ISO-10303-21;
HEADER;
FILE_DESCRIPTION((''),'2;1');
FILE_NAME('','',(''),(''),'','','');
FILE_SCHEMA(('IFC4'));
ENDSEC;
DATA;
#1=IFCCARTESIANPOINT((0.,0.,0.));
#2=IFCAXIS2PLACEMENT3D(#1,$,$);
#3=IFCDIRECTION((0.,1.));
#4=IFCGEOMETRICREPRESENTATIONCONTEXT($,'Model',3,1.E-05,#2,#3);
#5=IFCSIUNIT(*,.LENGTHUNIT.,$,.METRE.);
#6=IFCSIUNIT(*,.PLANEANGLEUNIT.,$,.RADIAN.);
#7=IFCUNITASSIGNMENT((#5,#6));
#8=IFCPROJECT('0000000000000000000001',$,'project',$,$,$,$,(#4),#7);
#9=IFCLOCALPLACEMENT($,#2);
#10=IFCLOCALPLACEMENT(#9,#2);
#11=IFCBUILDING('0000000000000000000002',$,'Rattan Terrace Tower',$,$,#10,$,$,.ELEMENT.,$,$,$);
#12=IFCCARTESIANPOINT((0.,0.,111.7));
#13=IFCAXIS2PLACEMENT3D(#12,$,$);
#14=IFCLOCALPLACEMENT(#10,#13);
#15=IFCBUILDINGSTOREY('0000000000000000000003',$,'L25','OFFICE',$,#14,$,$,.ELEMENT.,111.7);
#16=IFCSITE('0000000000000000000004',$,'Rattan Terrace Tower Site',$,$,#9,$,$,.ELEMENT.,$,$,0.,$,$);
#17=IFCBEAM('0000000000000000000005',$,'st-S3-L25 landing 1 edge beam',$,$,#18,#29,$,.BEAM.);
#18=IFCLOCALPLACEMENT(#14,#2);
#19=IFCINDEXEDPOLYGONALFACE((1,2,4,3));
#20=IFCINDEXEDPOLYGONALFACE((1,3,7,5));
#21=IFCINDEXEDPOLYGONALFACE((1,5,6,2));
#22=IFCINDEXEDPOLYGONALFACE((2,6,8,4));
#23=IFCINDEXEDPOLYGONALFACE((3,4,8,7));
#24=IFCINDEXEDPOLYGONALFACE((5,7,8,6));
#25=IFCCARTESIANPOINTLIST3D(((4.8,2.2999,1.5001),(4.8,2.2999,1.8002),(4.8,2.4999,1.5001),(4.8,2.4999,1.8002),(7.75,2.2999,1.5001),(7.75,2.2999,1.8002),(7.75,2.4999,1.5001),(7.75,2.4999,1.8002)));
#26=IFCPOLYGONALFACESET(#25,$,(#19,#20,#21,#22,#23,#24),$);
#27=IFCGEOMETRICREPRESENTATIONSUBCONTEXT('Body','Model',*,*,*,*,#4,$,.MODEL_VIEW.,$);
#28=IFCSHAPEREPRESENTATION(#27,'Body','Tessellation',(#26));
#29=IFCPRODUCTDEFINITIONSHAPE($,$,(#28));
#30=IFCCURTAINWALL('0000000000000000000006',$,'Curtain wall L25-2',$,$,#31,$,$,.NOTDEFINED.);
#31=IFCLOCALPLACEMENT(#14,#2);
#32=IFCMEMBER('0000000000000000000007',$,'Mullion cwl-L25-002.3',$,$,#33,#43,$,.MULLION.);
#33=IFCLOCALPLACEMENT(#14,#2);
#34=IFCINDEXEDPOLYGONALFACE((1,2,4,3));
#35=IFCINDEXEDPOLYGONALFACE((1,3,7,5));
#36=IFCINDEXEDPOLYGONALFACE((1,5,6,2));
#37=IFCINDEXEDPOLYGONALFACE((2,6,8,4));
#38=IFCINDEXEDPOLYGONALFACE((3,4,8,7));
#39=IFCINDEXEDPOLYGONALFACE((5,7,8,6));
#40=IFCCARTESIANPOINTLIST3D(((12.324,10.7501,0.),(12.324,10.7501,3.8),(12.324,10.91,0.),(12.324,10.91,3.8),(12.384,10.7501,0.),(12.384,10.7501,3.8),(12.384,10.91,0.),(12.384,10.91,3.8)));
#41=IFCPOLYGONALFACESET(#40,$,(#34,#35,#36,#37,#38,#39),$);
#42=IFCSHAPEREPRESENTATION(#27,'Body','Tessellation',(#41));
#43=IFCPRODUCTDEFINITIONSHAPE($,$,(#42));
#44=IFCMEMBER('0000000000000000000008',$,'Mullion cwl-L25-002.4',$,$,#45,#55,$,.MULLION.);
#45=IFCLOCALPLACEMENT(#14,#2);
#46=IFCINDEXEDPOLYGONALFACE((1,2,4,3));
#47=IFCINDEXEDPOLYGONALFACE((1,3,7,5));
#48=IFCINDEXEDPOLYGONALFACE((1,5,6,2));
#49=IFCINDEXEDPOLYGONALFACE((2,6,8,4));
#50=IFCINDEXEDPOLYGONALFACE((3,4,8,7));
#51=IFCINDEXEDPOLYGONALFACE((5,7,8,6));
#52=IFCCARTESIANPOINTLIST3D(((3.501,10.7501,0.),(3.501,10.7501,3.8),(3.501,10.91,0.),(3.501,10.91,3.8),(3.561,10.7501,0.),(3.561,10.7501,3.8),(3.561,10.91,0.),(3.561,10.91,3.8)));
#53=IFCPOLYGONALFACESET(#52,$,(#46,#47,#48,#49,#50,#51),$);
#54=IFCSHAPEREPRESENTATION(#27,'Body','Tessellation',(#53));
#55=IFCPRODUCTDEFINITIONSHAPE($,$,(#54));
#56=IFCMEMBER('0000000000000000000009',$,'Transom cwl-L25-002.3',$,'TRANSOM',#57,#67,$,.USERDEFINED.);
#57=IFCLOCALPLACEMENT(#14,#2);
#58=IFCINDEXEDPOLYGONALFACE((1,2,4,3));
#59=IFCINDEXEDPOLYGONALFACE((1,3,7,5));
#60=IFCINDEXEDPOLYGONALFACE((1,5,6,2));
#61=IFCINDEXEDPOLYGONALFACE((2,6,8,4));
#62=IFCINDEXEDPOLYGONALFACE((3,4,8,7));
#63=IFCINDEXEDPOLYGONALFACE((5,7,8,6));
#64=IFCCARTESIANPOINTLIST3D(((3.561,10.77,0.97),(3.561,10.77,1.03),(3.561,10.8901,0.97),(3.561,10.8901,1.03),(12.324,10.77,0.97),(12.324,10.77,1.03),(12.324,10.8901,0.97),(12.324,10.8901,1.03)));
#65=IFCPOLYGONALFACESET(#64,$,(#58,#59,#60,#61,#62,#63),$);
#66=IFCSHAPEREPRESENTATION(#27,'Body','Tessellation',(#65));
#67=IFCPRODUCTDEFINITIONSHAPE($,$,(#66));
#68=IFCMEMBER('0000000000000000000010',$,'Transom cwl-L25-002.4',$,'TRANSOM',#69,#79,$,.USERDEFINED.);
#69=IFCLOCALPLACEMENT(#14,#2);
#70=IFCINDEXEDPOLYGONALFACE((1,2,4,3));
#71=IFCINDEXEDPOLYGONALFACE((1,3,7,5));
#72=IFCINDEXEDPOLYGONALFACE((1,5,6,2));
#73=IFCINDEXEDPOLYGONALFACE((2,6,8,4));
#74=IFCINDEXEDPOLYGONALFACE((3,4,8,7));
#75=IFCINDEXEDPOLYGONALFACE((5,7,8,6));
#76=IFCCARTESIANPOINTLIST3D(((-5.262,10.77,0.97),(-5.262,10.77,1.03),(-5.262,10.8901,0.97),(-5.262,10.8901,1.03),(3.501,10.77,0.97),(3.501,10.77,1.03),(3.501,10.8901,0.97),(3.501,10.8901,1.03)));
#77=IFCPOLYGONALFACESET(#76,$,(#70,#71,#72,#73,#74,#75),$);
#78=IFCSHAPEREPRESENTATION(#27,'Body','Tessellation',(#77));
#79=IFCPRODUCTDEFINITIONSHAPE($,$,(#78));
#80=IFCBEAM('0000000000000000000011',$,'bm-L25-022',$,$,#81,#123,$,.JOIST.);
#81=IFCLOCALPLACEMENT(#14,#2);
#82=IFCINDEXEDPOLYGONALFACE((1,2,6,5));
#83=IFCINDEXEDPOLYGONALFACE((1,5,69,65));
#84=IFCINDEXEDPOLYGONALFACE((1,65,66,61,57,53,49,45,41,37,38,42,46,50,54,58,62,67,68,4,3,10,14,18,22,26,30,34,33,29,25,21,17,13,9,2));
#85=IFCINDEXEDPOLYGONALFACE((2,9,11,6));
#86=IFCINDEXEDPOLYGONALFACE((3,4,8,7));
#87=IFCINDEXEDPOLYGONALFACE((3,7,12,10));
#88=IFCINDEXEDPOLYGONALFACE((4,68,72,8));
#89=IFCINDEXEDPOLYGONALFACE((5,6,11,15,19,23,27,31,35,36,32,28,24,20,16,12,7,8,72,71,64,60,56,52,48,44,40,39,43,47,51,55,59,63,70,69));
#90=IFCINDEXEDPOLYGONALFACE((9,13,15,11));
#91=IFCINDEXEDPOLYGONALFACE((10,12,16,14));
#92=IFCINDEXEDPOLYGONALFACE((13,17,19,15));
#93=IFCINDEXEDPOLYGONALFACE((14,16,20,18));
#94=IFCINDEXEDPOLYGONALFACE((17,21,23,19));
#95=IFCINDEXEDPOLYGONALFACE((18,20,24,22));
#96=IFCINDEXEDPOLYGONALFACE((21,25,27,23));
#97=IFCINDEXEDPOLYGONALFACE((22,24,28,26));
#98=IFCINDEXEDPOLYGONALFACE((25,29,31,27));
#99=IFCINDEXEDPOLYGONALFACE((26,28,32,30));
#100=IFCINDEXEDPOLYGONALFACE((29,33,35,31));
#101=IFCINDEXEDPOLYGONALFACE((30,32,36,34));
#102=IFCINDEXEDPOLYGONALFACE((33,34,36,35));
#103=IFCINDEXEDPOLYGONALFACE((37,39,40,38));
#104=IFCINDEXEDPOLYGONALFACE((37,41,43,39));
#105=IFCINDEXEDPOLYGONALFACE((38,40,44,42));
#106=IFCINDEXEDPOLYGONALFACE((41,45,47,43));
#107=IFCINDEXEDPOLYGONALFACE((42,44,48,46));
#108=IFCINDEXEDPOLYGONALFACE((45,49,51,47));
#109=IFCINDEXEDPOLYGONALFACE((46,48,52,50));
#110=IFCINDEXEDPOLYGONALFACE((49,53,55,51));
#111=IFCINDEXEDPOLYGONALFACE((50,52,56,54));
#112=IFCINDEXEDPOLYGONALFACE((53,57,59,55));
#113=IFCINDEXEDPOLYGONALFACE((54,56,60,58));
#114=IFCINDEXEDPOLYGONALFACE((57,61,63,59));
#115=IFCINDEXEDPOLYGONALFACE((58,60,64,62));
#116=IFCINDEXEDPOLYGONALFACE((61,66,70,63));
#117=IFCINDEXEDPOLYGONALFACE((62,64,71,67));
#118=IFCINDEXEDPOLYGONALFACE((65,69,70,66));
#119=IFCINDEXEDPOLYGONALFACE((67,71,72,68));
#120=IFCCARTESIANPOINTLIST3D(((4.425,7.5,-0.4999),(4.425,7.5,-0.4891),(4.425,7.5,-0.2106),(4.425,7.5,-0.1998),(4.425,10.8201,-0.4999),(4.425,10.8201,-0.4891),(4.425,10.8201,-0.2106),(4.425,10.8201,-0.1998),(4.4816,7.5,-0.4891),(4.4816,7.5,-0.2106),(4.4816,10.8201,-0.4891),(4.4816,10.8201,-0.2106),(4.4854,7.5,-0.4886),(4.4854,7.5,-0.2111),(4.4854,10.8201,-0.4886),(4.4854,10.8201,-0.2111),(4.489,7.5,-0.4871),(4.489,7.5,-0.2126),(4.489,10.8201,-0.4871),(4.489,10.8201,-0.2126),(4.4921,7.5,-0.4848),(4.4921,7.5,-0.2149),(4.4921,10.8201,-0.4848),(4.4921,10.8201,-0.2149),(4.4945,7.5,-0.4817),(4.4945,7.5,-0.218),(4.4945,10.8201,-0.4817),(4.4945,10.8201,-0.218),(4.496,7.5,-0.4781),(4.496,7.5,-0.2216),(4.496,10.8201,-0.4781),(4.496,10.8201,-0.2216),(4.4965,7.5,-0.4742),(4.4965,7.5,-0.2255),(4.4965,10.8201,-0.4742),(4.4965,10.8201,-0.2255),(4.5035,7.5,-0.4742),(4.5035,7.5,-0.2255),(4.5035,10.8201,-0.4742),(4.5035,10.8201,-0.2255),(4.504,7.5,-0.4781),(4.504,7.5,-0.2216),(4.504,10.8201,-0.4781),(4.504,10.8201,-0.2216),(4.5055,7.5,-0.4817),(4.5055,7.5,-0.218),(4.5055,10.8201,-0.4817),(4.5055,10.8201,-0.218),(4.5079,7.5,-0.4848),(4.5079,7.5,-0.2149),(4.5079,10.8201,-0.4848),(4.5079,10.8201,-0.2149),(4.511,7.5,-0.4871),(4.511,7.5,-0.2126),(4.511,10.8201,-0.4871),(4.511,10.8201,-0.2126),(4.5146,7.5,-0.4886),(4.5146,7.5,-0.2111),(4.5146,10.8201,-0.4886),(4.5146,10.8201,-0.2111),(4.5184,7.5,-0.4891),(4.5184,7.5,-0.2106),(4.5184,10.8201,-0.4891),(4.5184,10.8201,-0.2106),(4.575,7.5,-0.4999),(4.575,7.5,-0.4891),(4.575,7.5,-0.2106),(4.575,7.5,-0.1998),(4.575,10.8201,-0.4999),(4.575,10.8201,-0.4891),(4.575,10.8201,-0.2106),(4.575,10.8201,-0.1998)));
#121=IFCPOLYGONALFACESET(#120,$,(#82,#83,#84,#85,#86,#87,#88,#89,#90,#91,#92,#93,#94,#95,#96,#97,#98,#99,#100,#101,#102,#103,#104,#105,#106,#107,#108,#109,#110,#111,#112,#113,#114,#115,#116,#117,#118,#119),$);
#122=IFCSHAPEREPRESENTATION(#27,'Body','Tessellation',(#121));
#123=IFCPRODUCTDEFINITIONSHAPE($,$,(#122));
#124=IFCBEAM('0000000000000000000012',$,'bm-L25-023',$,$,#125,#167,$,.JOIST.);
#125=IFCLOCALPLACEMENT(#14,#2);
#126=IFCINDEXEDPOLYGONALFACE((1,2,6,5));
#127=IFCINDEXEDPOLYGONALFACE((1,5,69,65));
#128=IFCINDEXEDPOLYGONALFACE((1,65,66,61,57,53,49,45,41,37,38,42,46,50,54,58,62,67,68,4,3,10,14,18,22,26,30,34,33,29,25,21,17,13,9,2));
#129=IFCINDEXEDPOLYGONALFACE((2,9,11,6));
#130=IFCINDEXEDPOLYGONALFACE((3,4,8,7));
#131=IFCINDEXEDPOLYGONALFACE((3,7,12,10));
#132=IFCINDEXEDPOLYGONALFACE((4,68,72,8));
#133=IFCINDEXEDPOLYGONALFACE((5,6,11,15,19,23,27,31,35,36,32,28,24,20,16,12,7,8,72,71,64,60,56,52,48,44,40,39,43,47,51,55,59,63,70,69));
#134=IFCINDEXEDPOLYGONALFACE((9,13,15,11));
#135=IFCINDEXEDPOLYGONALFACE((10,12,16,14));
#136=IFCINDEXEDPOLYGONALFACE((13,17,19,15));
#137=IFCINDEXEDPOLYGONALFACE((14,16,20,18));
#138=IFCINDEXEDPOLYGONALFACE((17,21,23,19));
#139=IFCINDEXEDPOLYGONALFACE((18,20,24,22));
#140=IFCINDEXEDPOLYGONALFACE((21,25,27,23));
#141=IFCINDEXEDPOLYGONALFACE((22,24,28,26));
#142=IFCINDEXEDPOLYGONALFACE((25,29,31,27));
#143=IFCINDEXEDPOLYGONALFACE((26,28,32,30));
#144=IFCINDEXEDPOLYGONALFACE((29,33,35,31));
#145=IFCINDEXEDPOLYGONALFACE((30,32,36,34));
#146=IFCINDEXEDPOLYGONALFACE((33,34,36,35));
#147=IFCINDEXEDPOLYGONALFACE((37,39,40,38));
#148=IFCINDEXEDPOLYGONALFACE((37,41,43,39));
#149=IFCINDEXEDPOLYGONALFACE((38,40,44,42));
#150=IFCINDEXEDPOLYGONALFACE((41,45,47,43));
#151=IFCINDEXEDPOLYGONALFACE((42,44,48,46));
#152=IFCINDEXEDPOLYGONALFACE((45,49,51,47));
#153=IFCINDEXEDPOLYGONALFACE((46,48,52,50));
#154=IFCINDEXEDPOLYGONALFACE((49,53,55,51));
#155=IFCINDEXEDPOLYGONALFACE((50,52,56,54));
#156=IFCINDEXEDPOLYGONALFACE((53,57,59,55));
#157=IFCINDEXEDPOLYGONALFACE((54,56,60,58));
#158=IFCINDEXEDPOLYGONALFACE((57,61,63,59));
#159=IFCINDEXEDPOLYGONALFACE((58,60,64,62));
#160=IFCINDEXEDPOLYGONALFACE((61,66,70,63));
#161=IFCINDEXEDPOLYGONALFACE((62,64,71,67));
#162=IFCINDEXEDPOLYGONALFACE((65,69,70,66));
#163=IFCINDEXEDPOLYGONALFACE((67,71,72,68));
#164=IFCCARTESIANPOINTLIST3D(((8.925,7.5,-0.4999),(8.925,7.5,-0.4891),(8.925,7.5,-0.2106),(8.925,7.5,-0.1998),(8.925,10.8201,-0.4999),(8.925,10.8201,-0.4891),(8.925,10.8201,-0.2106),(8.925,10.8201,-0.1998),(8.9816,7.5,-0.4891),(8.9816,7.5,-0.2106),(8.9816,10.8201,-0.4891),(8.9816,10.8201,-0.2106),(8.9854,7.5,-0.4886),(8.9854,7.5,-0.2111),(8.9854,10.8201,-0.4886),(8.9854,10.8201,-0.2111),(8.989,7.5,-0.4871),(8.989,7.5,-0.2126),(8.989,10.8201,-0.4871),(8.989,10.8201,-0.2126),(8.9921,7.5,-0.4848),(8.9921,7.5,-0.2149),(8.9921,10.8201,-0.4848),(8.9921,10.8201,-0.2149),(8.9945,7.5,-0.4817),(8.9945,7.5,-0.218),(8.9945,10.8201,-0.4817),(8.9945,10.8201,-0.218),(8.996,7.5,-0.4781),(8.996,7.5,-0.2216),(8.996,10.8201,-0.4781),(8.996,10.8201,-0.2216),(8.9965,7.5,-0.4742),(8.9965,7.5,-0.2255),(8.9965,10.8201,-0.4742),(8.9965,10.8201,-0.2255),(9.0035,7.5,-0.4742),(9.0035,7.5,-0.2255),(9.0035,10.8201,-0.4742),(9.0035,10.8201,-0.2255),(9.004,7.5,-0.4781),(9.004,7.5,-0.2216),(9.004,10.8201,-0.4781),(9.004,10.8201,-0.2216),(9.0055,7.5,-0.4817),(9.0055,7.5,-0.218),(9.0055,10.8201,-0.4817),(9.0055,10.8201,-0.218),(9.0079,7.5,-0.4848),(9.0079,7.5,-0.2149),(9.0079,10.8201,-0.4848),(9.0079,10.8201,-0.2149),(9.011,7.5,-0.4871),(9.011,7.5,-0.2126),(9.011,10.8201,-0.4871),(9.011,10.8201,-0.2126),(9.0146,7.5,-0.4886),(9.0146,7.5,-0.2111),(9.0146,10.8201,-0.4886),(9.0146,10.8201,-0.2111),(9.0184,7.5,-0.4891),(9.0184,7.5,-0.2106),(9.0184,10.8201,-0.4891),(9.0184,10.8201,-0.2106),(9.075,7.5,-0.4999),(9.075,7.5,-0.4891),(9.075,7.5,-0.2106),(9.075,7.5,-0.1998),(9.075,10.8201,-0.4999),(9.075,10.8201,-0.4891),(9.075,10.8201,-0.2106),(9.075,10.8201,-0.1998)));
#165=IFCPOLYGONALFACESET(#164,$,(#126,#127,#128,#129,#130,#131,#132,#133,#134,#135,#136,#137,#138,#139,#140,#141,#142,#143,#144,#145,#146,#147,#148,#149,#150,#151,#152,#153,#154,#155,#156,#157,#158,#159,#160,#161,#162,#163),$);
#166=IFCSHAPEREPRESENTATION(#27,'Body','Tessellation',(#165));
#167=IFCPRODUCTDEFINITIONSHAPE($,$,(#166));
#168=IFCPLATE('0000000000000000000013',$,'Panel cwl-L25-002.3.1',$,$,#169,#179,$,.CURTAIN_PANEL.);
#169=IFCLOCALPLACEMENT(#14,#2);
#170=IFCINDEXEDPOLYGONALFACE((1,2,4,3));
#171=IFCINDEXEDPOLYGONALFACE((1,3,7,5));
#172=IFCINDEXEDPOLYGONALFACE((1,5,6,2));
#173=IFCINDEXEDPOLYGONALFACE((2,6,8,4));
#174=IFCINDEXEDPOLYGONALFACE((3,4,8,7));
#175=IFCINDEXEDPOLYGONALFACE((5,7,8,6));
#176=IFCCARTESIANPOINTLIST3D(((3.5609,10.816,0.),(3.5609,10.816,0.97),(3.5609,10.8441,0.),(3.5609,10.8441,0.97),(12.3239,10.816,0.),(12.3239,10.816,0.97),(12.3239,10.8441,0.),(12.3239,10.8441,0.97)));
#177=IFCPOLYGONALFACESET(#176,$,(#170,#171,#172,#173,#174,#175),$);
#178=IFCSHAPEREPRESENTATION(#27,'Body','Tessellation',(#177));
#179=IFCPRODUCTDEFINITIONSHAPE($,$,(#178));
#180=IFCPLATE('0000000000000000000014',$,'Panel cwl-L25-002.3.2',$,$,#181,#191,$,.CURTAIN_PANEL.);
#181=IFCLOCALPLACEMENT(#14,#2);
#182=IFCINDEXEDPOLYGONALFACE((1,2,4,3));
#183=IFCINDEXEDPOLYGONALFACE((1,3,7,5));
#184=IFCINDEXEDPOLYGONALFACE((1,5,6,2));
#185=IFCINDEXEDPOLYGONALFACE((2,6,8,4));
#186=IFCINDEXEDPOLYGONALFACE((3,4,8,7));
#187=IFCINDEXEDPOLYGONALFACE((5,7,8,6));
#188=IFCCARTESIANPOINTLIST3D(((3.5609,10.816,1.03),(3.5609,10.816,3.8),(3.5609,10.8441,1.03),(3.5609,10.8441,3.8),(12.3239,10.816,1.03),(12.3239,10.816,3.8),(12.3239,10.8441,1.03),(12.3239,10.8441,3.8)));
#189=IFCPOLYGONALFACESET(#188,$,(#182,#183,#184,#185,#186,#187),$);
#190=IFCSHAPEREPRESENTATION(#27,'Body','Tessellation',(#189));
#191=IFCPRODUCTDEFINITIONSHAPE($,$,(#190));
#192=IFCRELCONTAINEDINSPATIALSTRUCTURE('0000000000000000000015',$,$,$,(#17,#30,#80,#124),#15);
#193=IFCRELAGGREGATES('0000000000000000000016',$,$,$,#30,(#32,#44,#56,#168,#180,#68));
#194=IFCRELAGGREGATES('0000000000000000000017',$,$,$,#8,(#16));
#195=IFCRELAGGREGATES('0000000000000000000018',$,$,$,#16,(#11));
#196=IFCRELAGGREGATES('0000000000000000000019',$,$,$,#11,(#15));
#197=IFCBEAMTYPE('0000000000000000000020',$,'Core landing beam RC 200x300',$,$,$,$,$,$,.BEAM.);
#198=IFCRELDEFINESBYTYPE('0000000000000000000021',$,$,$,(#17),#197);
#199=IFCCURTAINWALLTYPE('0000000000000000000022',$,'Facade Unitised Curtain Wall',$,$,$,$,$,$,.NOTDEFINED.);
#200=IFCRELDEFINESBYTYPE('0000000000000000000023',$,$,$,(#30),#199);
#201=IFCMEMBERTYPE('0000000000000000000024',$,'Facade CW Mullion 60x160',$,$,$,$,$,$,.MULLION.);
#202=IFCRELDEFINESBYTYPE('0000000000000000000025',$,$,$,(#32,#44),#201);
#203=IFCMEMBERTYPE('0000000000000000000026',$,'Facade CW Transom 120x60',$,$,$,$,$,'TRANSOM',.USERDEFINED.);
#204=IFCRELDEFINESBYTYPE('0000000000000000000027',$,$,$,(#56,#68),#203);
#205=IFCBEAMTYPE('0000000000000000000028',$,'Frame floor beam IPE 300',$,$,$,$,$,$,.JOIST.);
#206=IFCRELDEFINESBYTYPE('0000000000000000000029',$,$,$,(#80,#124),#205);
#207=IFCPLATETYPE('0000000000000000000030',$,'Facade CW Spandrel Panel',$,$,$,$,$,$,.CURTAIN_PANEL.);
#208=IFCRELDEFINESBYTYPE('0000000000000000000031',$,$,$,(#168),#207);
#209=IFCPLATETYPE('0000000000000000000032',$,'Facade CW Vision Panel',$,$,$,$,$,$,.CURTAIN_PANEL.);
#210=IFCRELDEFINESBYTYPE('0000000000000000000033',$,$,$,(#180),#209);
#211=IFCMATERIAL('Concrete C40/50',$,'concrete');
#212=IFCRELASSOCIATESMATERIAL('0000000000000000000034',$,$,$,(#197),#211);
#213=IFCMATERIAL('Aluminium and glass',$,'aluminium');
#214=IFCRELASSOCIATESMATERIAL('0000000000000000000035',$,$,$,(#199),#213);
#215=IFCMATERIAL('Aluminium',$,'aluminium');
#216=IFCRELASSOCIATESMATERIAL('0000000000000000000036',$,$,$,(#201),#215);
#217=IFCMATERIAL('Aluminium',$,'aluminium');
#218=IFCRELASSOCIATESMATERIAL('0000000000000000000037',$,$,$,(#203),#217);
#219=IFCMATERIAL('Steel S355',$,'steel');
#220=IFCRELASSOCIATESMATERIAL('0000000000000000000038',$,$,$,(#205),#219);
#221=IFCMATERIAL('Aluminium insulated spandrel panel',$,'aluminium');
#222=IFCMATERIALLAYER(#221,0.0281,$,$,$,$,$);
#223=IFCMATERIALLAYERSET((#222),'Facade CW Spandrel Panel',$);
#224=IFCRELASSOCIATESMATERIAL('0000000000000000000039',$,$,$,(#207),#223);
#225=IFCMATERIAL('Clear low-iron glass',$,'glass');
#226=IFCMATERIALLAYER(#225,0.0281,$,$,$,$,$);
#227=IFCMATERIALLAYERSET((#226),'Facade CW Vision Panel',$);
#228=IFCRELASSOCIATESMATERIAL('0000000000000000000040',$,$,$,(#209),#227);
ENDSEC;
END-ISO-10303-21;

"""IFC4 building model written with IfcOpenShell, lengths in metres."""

from ifc_helpers import new_model, si_unit, direction, frame, origin, origin_2d, place, context, subcontext, project, spatial, rectangle, i_section, extrude, material, layer, layer_set, material_profile, profile_set, type_object, element, aggregate, save


model = new_model("IFC4")

# Units and contexts
model_context = context("Model", 3, precision=1e-05, world=origin(), true_north=direction((0.0, 1.0)))
body_context = subcontext(model_context, "Body", "Model", "MODEL_VIEW")
ifc_project = project(units=[si_unit("LENGTHUNIT", "METRE"), si_unit("PLANEANGLEUNIT", "RADIAN")], contexts=[model_context])

# Site, building, storey
site_placement = place(None, origin())
site = spatial("IfcSite", under=ifc_project, at=site_placement, Name="Rattan Terrace Tower Site", CompositionType="ELEMENT", RefElevation=0.0)
building_placement = place(site_placement, origin())
building = spatial("IfcBuilding", under=site, at=building_placement, Name="Rattan Terrace Tower", CompositionType="ELEMENT")
storey_placement = place(building_placement, frame((0.0, 0.0, 111.7)))
storey = spatial("IfcBuildingStorey", under=building, at=storey_placement, Name="L25", Description="OFFICE", CompositionType="ELEMENT", Elevation=111.7)

# Beam
ifc_material_1 = material(Name="Concrete C40/50", Category="concrete")
ifc_material_profile_1 = material_profile(ifc_material_1, rectangle(XDim=0.2, YDim=0.3, at=origin_2d()), Name="RC 200x300")
ifc_profile_set_1 = profile_set([ifc_material_profile_1], Name="Concrete C40/50")
beam_type_1 = type_object("IfcBeamType", Name="Core landing beam RC 200x300", PredefinedType="BEAM", material=ifc_profile_set_1)
beam_placement = place(storey_placement, frame((4.8, 2.3999, 1.6501), z_axis=(1.0, 0.0, 0.0), x_axis=(0.0, 1.0, 0.0)))
element("IfcBeam", 1, at=beam_placement, inside=storey, type_object=beam_type_1, Name="st-S3-L25 landing 1 edge beam", PredefinedType="BEAM", context=body_context, shape_type="SweptSolid", body=[
    extrude(rectangle(XDim=0.2, YDim=0.3, at=origin_2d()), origin(), (0.0, 0.0, 1.0), 2.95),
])

# Curtain wall, members
ifc_material_2 = material(Name="Aluminium and glass", Category="aluminium")
curtain_wall_type = type_object("IfcCurtainWallType", Name="Facade Unitised Curtain Wall", PredefinedType="NOTDEFINED", material=ifc_material_2)
curtain_wall_placement = place(storey_placement, origin())
curtain_wall = element("IfcCurtainWall", 2, at=curtain_wall_placement, inside=storey, type_object=curtain_wall_type, Name="Curtain wall L25-2", PredefinedType="NOTDEFINED")
ifc_material_3 = material(Name="Aluminium", Category="aluminium")
ifc_material_profile_2 = material_profile(ifc_material_3, rectangle(XDim=0.0601, YDim=0.1599, at=origin_2d()), Name="Aluminium 60x160")
ifc_profile_set_2 = profile_set([ifc_material_profile_2], Name="Aluminium")
member_type_1 = type_object("IfcMemberType", Name="Facade CW Mullion 60x160", PredefinedType="MULLION", material=ifc_profile_set_2)
member_1_placement = place(storey_placement, frame((12.354, 10.8301, 0.0), z_axis=(0.0, 0.0, 1.0), x_axis=(-1.0, 0.0, 0.0)))
member_1 = element("IfcMember", 3, at=member_1_placement, type_object=member_type_1, Name="Mullion cwl-L25-002.3", PredefinedType="MULLION", context=body_context, shape_type="SweptSolid", body=[
    extrude(rectangle(XDim=0.0601, YDim=0.1599, at=origin_2d()), origin(), (0.0, 0.0, 1.0), 3.8),
])
member_2_placement = place(storey_placement, frame((3.531, 10.8301, 0.0), z_axis=(0.0, 0.0, 1.0), x_axis=(-1.0, 0.0, 0.0)))
member_2 = element("IfcMember", 4, at=member_2_placement, type_object=member_type_1, Name="Mullion cwl-L25-002.4", PredefinedType="MULLION", context=body_context, shape_type="SweptSolid", body=[
    extrude(rectangle(XDim=0.0601, YDim=0.1599, at=origin_2d()), origin(), (0.0, 0.0, 1.0), 3.8),
])
ifc_material_4 = material(Name="Aluminium", Category="aluminium")
ifc_material_profile_3 = material_profile(ifc_material_4, rectangle(XDim=0.1201, YDim=0.0601, at=origin_2d()), Name="Aluminium 120x60")
ifc_profile_set_3 = profile_set([ifc_material_profile_3], Name="Aluminium")
member_type_2 = type_object("IfcMemberType", Name="Facade CW Transom 120x60", ElementType="TRANSOM", PredefinedType="USERDEFINED", material=ifc_profile_set_3)
member_3_placement = place(storey_placement, frame((12.324, 10.8301, 1.0), z_axis=(-1.0, 0.0, 0.0), x_axis=(0.0, -1.0, 0.0)))
member_3 = element("IfcMember", 5, at=member_3_placement, type_object=member_type_2, Name="Transom cwl-L25-002.3", ObjectType="TRANSOM", PredefinedType="USERDEFINED", context=body_context, shape_type="SweptSolid", body=[
    extrude(rectangle(XDim=0.1201, YDim=0.0601, at=origin_2d()), origin(), (0.0, 0.0, 1.0), 8.7629),
])
member_4_placement = place(storey_placement, frame((3.501, 10.8301, 1.0), z_axis=(-1.0, 0.0, 0.0), x_axis=(0.0, -1.0, 0.0)))
member_4 = element("IfcMember", 6, at=member_4_placement, type_object=member_type_2, Name="Transom cwl-L25-002.4", ObjectType="TRANSOM", PredefinedType="USERDEFINED", context=body_context, shape_type="SweptSolid", body=[
    extrude(rectangle(XDim=0.1201, YDim=0.0601, at=origin_2d()), origin(), (0.0, 0.0, 1.0), 8.7629),
])

# Beams
ifc_material_5 = material(Name="Steel S355", Category="steel")
ifc_material_profile_4 = material_profile(ifc_material_5, i_section(OverallWidth=0.1499, OverallDepth=0.3, WebThickness=0.0071, FlangeThickness=0.0107, FilletRadius=0.0149, at=origin_2d()), Name="IPE 300")
ifc_profile_set_4 = profile_set([ifc_material_profile_4], Name="Steel S355")
beam_type_2 = type_object("IfcBeamType", Name="Frame floor beam IPE 300", PredefinedType="JOIST", material=ifc_profile_set_4)
for number, where, z_axis, x_axis, name in (
    (7, (4.5, 7.5, -0.3499), (0.0, 1.0, 0.0), (-1.0, 0.0, 0.0), "bm-L25-022"),
    (8, (9.0, 7.5, -0.3499), (0.0, 1.0, 0.0), (-1.0, 0.0, 0.0), "bm-L25-023"),
):
    element("IfcBeam", number, at=place(storey_placement, frame(where, z_axis=z_axis, x_axis=x_axis)), inside=storey, type_object=beam_type_2, Name=name, PredefinedType="JOIST", context=body_context, shape_type="SweptSolid", body=[
        extrude(i_section(OverallWidth=0.1499, OverallDepth=0.3, WebThickness=0.0071, FlangeThickness=0.0107, FilletRadius=0.0149, at=origin_2d()), origin(), (0.0, 0.0, 1.0), 3.3201),
    ])

# Plates
ifc_material_6 = material(Name="Aluminium insulated spandrel panel", Category="aluminium")
ifc_layer_1 = layer(ifc_material_6, 0.0281)
ifc_layer_set_1 = layer_set([ifc_layer_1], Name="Facade CW Spandrel Panel")
plate_type_1 = type_object("IfcPlateType", Name="Facade CW Spandrel Panel", PredefinedType="CURTAIN_PANEL", material=ifc_layer_set_1)
plate_1_placement = place(storey_placement, frame((7.9424, 10.8301, 0.0), z_axis=(0.0, 0.0, 1.0), x_axis=(-1.0, 0.0, 0.0)))
plate_1 = element("IfcPlate", 9, at=plate_1_placement, type_object=plate_type_1, Name="Panel cwl-L25-002.3.1", PredefinedType="CURTAIN_PANEL", context=body_context, shape_type="SweptSolid", body=[
    extrude(rectangle(XDim=8.7629, YDim=0.0281, at=origin_2d()), origin(), (0.0, 0.0, 1.0), 0.97),
])
ifc_material_7 = material(Name="Clear low-iron glass", Category="glass")
ifc_layer_2 = layer(ifc_material_7, 0.0281)
ifc_layer_set_2 = layer_set([ifc_layer_2], Name="Facade CW Vision Panel")
plate_type_2 = type_object("IfcPlateType", Name="Facade CW Vision Panel", PredefinedType="CURTAIN_PANEL", material=ifc_layer_set_2)
plate_2_placement = place(storey_placement, frame((7.9424, 10.8301, 1.03), z_axis=(0.0, 0.0, 1.0), x_axis=(-1.0, 0.0, 0.0)))
plate_2 = element("IfcPlate", 10, at=plate_2_placement, type_object=plate_type_2, Name="Panel cwl-L25-002.3.2", PredefinedType="CURTAIN_PANEL", context=body_context, shape_type="SweptSolid", body=[
    extrude(rectangle(XDim=8.7629, YDim=0.0281, at=origin_2d()), origin(), (0.0, 0.0, 1.0), 2.77),
])
aggregate(curtain_wall, [member_1, member_2, member_3, plate_1, plate_2, member_4])

save(model, "model.ifc")
